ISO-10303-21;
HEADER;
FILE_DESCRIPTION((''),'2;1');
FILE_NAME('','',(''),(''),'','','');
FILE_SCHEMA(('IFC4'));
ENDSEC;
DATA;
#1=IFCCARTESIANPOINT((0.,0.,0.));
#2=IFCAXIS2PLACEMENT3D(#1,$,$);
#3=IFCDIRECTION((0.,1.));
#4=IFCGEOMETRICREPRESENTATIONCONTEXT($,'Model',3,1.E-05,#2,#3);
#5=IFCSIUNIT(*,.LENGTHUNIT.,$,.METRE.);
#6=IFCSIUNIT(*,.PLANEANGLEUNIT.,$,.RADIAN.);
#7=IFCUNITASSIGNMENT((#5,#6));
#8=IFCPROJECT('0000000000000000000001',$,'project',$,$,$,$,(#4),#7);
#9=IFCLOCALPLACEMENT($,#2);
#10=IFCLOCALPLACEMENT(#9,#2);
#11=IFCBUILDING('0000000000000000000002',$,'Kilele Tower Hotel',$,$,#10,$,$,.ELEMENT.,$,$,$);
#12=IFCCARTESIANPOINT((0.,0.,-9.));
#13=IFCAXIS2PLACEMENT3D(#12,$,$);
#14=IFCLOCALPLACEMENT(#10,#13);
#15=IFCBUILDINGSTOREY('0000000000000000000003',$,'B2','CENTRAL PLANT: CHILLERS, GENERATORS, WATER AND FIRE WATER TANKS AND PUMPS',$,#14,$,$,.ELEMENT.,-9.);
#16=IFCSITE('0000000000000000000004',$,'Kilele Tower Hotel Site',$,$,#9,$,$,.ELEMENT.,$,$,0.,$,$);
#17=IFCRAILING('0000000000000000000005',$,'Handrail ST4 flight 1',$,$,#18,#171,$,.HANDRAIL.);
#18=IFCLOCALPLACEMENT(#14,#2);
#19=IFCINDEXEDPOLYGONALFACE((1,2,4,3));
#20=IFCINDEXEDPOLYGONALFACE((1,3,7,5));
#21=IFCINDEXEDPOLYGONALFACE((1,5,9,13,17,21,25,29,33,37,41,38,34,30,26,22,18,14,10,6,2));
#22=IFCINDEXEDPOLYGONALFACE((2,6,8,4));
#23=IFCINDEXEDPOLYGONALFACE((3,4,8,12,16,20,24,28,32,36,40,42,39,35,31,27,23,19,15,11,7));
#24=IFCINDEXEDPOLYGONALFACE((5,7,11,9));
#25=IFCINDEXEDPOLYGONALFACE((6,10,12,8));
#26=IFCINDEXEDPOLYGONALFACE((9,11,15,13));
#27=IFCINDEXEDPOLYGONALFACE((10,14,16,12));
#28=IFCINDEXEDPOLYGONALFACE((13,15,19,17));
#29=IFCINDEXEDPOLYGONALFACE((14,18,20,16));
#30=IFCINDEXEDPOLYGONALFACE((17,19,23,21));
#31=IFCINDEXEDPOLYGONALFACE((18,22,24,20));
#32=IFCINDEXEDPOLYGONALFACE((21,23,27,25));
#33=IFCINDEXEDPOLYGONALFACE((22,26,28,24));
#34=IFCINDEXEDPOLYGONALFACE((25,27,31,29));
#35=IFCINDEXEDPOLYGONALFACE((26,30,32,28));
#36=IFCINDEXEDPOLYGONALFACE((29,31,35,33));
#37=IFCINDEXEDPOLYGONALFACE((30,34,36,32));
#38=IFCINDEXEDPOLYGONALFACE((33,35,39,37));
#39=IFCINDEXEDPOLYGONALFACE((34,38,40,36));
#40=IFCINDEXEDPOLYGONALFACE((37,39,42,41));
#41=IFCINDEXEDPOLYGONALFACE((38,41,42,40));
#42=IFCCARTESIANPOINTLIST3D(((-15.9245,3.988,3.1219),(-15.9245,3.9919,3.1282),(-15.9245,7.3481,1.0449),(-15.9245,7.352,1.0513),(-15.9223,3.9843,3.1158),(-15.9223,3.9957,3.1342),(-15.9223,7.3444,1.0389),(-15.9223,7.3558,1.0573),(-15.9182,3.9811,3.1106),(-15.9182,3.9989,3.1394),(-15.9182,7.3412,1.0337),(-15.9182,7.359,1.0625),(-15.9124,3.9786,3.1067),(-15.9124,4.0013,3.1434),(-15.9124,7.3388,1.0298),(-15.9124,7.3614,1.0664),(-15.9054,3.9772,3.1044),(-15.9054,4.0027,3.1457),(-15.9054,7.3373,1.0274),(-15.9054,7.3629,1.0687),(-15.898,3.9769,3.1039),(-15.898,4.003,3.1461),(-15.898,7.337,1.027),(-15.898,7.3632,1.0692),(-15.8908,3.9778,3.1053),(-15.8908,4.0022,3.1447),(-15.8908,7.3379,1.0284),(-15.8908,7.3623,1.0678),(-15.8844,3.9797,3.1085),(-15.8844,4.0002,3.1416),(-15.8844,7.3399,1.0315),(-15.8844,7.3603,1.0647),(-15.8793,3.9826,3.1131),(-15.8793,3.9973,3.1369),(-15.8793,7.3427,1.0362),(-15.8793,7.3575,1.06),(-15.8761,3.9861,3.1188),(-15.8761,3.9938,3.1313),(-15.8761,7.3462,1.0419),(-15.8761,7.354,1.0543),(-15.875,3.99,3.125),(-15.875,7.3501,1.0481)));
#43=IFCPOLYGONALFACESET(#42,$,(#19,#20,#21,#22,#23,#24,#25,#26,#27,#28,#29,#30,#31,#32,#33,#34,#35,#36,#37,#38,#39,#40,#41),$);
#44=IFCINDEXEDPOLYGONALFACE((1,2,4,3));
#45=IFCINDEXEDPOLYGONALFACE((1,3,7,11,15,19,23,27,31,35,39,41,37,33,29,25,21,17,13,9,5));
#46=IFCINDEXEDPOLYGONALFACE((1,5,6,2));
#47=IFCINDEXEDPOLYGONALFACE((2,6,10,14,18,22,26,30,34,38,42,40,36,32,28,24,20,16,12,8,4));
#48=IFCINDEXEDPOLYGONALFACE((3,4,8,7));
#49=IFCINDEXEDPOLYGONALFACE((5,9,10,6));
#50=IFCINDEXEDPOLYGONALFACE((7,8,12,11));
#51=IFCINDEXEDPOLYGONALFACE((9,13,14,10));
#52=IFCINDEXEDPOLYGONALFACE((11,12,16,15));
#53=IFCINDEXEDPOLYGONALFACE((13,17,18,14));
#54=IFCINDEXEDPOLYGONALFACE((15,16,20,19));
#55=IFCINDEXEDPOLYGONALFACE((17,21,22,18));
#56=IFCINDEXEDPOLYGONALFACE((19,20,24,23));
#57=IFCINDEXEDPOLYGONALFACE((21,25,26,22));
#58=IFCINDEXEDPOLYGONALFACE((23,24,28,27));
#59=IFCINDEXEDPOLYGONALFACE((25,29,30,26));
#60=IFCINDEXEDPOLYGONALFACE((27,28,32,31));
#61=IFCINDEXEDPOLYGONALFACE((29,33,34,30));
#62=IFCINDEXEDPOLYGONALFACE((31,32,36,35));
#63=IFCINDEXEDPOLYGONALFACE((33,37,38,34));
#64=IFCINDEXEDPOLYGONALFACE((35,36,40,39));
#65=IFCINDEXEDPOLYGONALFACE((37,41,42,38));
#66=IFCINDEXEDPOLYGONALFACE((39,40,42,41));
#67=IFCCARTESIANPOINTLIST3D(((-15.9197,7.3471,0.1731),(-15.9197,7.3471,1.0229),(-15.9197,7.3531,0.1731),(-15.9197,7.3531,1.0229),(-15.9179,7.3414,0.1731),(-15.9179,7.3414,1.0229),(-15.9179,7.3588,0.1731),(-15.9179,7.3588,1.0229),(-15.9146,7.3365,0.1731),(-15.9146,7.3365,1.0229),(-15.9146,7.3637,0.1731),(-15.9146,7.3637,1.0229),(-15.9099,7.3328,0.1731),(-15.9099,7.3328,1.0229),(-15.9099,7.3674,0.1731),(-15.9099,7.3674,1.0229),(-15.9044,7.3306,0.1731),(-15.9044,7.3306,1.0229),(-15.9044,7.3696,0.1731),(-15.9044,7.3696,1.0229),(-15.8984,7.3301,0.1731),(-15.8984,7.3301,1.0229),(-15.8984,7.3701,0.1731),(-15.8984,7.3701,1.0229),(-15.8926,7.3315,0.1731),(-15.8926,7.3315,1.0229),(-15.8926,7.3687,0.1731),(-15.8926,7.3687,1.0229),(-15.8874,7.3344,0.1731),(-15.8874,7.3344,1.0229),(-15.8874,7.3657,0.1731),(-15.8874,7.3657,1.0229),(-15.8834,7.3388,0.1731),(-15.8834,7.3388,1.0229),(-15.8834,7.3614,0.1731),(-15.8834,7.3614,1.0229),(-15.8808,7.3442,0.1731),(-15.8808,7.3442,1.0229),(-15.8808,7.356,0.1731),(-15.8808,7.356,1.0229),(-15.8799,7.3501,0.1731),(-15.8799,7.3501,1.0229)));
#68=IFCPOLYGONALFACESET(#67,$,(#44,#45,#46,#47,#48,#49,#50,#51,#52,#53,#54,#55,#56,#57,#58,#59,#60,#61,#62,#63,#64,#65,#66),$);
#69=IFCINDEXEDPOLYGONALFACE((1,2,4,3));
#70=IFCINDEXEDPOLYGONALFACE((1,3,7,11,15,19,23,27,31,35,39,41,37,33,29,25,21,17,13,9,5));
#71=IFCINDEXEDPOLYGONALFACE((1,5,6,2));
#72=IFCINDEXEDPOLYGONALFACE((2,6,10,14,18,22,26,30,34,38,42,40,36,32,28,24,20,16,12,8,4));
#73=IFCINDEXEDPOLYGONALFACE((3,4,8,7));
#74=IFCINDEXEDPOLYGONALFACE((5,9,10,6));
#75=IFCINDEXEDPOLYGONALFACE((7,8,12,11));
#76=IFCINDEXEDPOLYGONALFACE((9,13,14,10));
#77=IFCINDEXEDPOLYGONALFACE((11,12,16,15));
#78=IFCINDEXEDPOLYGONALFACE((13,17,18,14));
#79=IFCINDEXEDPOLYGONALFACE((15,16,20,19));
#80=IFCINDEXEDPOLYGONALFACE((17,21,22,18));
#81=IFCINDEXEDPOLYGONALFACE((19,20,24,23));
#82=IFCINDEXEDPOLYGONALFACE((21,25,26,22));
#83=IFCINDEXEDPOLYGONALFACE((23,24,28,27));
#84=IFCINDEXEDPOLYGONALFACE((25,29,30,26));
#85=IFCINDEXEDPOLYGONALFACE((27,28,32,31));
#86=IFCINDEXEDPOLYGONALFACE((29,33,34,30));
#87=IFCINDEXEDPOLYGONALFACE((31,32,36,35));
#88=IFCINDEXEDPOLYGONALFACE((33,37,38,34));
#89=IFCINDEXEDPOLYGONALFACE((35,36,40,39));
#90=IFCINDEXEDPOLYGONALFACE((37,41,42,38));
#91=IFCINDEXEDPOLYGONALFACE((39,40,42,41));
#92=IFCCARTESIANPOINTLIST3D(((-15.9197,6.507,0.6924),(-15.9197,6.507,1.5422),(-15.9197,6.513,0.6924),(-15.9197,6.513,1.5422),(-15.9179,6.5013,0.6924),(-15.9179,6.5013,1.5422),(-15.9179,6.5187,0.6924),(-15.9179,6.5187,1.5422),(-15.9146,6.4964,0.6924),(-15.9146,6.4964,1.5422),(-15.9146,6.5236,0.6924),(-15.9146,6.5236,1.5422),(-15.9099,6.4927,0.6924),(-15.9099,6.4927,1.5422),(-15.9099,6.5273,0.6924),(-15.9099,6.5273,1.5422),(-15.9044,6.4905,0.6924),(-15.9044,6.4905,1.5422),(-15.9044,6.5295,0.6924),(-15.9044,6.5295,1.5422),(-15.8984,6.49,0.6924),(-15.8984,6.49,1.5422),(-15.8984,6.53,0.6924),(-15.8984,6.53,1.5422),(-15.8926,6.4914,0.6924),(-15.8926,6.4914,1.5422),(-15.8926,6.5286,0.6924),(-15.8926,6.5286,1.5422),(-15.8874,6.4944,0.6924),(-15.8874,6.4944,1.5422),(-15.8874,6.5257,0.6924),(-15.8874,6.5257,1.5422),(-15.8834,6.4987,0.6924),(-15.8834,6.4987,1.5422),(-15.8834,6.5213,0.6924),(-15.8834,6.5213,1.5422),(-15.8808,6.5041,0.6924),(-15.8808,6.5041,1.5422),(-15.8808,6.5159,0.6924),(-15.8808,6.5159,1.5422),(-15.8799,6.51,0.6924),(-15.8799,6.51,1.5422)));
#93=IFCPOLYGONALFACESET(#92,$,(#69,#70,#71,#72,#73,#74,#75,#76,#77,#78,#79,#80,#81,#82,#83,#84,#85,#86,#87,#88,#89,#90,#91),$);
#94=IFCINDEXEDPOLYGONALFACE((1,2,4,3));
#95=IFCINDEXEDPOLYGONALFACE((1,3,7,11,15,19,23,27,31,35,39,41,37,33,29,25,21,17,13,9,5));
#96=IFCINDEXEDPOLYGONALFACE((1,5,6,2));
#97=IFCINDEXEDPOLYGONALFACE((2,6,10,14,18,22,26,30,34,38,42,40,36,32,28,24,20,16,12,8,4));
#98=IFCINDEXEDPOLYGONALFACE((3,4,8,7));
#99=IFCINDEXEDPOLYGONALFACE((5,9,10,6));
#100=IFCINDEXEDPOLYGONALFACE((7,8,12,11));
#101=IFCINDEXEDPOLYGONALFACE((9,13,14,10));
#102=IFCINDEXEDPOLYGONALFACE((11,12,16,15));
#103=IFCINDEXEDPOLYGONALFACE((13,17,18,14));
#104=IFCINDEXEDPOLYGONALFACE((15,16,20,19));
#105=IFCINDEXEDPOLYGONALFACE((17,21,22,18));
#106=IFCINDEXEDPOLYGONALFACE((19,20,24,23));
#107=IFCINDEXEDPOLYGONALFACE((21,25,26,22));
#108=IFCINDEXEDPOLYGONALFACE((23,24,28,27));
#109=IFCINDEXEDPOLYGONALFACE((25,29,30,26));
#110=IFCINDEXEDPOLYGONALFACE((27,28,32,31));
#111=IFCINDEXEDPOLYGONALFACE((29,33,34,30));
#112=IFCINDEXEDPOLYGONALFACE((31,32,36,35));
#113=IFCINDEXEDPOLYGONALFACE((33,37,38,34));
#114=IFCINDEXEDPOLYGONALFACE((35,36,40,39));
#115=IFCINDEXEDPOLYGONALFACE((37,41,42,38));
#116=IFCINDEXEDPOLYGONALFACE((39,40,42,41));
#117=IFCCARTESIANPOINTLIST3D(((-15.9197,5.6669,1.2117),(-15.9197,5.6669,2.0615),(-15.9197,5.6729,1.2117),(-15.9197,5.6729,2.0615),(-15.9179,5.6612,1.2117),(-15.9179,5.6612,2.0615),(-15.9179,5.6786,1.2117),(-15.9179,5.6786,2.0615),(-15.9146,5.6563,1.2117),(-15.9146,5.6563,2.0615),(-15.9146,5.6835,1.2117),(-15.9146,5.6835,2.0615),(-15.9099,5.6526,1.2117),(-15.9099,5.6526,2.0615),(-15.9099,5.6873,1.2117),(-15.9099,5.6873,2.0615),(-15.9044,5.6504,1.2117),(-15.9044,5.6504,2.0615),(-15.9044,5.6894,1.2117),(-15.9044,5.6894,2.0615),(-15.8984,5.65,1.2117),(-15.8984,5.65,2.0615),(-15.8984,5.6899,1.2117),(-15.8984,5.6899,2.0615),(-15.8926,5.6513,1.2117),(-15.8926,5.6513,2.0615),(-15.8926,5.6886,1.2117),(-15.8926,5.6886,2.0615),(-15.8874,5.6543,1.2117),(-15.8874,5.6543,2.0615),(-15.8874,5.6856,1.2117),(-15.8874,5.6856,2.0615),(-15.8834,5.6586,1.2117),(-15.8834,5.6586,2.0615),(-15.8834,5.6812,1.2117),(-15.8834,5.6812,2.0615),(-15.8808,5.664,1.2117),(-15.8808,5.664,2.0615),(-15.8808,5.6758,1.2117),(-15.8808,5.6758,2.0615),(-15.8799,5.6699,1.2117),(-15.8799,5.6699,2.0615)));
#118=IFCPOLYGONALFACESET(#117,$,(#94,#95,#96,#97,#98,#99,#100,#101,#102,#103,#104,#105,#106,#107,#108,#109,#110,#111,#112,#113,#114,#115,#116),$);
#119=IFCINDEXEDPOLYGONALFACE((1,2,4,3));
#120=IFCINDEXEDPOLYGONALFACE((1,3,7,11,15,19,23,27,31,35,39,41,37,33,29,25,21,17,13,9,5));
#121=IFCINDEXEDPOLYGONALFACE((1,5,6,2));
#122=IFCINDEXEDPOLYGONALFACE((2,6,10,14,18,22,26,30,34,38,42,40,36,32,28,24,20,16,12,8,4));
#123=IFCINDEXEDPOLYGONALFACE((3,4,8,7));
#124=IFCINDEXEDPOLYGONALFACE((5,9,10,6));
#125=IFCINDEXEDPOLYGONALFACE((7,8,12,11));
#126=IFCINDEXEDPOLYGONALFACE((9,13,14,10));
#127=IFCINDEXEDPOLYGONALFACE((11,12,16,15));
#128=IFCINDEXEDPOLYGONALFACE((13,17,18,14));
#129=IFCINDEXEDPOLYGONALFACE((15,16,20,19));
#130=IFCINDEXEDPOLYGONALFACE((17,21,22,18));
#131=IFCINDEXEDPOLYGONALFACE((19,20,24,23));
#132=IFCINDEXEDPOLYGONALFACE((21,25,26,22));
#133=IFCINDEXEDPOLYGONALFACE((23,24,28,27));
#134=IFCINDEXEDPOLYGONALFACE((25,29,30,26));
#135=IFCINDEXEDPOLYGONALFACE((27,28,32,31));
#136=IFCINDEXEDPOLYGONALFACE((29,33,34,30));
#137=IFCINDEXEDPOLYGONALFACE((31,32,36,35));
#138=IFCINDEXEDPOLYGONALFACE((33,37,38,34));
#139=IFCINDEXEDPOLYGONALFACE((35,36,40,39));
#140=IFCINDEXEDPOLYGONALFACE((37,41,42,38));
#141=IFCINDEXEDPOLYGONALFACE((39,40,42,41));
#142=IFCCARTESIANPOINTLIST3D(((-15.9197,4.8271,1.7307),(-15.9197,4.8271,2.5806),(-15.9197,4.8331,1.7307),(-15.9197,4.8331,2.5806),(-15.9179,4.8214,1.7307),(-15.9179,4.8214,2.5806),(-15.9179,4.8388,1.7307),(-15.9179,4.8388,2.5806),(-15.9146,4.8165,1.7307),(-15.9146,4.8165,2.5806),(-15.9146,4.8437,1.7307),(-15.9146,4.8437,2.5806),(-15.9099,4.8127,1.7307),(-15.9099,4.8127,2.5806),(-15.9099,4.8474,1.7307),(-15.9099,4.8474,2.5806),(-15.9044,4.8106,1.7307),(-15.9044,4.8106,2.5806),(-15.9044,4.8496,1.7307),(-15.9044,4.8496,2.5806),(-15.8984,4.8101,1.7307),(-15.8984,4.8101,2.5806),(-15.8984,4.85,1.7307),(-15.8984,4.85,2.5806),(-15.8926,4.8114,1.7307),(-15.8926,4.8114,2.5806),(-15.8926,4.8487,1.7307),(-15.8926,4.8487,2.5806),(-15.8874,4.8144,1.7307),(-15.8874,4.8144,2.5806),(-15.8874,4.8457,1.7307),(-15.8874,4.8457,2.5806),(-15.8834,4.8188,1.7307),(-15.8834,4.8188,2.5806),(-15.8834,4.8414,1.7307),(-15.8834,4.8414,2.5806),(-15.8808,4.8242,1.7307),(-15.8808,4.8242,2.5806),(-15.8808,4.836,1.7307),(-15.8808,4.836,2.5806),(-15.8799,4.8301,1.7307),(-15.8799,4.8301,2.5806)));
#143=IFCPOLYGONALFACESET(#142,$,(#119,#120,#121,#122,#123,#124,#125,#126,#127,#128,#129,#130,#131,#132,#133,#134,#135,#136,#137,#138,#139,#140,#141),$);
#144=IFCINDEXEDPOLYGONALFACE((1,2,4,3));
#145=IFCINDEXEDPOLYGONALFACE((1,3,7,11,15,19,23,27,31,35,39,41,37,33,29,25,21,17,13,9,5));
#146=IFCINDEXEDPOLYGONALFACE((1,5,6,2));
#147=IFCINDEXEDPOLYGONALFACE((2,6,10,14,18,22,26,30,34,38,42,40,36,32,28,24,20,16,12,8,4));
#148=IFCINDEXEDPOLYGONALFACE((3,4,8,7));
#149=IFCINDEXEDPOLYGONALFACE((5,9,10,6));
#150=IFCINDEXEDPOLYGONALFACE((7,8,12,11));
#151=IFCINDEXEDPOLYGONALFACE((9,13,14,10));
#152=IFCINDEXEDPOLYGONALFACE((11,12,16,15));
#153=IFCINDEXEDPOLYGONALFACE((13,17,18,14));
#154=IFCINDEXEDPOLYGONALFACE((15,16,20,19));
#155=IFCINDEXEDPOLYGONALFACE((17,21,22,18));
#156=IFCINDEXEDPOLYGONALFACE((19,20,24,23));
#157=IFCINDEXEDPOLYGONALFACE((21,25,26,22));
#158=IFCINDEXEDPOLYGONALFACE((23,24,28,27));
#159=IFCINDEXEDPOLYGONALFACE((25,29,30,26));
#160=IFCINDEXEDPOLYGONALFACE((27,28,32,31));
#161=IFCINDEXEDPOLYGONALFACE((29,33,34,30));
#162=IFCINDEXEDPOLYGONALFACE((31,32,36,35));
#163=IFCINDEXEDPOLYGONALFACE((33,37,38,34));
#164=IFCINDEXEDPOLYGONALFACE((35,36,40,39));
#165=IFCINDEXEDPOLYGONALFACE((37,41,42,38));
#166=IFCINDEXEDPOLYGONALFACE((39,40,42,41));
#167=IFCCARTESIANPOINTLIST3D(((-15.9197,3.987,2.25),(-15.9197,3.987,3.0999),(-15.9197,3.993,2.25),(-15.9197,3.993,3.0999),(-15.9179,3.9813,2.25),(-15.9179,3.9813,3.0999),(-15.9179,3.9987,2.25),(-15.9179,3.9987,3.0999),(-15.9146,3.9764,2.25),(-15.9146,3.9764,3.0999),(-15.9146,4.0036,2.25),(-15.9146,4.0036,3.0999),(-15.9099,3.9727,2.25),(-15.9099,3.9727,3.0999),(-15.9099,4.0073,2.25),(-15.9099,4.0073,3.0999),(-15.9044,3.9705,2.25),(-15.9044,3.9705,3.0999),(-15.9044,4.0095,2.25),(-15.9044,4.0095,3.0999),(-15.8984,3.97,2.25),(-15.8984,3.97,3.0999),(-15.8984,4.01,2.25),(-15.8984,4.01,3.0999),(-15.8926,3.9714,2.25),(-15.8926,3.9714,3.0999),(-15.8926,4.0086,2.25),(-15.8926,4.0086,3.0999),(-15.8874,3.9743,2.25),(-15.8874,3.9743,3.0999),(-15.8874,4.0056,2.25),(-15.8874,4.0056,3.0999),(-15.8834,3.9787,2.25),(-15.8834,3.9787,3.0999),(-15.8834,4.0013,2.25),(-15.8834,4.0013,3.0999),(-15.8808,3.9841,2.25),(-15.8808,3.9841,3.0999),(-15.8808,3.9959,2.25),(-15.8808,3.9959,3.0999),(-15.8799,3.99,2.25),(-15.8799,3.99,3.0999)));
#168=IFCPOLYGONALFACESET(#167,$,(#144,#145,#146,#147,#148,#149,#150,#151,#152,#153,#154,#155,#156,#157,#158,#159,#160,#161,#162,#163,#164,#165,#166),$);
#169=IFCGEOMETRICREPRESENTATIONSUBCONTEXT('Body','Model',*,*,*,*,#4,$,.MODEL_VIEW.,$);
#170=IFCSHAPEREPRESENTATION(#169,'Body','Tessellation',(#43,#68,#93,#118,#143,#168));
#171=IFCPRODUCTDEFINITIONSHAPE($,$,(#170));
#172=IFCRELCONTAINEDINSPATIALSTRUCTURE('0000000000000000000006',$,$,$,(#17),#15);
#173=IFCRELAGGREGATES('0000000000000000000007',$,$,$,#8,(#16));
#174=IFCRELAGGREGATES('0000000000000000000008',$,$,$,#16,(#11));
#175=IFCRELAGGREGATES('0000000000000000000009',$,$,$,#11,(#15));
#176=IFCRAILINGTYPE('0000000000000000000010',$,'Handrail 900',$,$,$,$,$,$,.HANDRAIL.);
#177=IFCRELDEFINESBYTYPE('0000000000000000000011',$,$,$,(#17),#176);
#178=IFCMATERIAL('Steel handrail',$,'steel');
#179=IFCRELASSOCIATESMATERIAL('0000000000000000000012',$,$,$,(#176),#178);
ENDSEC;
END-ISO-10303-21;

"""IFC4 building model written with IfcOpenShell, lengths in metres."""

from ifc_helpers import new_model, si_unit, direction, frame, origin, origin_2d, place, context, subcontext, project, spatial, circle, extrude, material, type_object, element, save


model = new_model("IFC4")

# Units and contexts
model_context = context("Model", 3, precision=1e-05, world=origin(), true_north=direction((0.0, 1.0)))
body_context = subcontext(model_context, "Body", "Model", "MODEL_VIEW")
ifc_project = project(units=[si_unit("LENGTHUNIT", "METRE"), si_unit("PLANEANGLEUNIT", "RADIAN")], contexts=[model_context])

# Site, building, storey
site_placement = place(None, origin())
site = spatial("IfcSite", under=ifc_project, at=site_placement, Name="Kilele Tower Hotel Site", CompositionType="ELEMENT", RefElevation=0.0)
building_placement = place(site_placement, origin())
building = spatial("IfcBuilding", under=site, at=building_placement, Name="Kilele Tower Hotel", CompositionType="ELEMENT")
storey_placement = place(building_placement, frame((0.0, 0.0, -9.0)))
storey = spatial("IfcBuildingStorey", under=building, at=storey_placement, Name="B2", Description="CENTRAL PLANT: CHILLERS, GENERATORS, WATER AND FIRE WATER TANKS AND PUMPS", CompositionType="ELEMENT", Elevation=-9.0)

# Railing
ifc_material_1 = material(Name="Steel handrail", Category="steel")
railing_type_1 = type_object("IfcRailingType", Name="Handrail 900", PredefinedType="HANDRAIL", material=ifc_material_1)
for number, where, name in (
    (1, (-15.8999, 7.3501, 0.1731), "Handrail ST4 flight 1"),
):
    element("IfcRailing", number, at=place(storey_placement, frame(where)), inside=storey, type_object=railing_type_1, Name=name, PredefinedType="HANDRAIL", context=body_context, shape_type="SweptSolid", body=[
        extrude(circle(Radius=0.0249, at=origin_2d()), frame((0.0, 0.0, 0.875), z_axis=(0.0, -0.850623, 0.525776), x_axis=(1.0, 0.0, 0.0)), (0.0, 0.0, 1.0), 3.9502),
        extrude(circle(Radius=0.02, at=origin_2d()), origin(), (0.0, 0.0, 1.0), 0.8499),
        extrude(circle(Radius=0.02, at=origin_2d()), frame((0.0, -0.8401, 0.5193)), (0.0, 0.0, 1.0), 0.8499),
        extrude(circle(Radius=0.02, at=origin_2d()), frame((0.0, -1.6802, 1.0386)), (0.0, 0.0, 1.0), 0.8499),
        extrude(circle(Radius=0.02, at=origin_2d()), frame((0.0, -2.52, 1.5576)), (0.0, 0.0, 1.0), 0.8499),
        extrude(circle(Radius=0.02, at=origin_2d()), frame((0.0, -3.3601, 2.0769)), (0.0, 0.0, 1.0), 0.8499),
    ])

save(model, "model.ifc")
